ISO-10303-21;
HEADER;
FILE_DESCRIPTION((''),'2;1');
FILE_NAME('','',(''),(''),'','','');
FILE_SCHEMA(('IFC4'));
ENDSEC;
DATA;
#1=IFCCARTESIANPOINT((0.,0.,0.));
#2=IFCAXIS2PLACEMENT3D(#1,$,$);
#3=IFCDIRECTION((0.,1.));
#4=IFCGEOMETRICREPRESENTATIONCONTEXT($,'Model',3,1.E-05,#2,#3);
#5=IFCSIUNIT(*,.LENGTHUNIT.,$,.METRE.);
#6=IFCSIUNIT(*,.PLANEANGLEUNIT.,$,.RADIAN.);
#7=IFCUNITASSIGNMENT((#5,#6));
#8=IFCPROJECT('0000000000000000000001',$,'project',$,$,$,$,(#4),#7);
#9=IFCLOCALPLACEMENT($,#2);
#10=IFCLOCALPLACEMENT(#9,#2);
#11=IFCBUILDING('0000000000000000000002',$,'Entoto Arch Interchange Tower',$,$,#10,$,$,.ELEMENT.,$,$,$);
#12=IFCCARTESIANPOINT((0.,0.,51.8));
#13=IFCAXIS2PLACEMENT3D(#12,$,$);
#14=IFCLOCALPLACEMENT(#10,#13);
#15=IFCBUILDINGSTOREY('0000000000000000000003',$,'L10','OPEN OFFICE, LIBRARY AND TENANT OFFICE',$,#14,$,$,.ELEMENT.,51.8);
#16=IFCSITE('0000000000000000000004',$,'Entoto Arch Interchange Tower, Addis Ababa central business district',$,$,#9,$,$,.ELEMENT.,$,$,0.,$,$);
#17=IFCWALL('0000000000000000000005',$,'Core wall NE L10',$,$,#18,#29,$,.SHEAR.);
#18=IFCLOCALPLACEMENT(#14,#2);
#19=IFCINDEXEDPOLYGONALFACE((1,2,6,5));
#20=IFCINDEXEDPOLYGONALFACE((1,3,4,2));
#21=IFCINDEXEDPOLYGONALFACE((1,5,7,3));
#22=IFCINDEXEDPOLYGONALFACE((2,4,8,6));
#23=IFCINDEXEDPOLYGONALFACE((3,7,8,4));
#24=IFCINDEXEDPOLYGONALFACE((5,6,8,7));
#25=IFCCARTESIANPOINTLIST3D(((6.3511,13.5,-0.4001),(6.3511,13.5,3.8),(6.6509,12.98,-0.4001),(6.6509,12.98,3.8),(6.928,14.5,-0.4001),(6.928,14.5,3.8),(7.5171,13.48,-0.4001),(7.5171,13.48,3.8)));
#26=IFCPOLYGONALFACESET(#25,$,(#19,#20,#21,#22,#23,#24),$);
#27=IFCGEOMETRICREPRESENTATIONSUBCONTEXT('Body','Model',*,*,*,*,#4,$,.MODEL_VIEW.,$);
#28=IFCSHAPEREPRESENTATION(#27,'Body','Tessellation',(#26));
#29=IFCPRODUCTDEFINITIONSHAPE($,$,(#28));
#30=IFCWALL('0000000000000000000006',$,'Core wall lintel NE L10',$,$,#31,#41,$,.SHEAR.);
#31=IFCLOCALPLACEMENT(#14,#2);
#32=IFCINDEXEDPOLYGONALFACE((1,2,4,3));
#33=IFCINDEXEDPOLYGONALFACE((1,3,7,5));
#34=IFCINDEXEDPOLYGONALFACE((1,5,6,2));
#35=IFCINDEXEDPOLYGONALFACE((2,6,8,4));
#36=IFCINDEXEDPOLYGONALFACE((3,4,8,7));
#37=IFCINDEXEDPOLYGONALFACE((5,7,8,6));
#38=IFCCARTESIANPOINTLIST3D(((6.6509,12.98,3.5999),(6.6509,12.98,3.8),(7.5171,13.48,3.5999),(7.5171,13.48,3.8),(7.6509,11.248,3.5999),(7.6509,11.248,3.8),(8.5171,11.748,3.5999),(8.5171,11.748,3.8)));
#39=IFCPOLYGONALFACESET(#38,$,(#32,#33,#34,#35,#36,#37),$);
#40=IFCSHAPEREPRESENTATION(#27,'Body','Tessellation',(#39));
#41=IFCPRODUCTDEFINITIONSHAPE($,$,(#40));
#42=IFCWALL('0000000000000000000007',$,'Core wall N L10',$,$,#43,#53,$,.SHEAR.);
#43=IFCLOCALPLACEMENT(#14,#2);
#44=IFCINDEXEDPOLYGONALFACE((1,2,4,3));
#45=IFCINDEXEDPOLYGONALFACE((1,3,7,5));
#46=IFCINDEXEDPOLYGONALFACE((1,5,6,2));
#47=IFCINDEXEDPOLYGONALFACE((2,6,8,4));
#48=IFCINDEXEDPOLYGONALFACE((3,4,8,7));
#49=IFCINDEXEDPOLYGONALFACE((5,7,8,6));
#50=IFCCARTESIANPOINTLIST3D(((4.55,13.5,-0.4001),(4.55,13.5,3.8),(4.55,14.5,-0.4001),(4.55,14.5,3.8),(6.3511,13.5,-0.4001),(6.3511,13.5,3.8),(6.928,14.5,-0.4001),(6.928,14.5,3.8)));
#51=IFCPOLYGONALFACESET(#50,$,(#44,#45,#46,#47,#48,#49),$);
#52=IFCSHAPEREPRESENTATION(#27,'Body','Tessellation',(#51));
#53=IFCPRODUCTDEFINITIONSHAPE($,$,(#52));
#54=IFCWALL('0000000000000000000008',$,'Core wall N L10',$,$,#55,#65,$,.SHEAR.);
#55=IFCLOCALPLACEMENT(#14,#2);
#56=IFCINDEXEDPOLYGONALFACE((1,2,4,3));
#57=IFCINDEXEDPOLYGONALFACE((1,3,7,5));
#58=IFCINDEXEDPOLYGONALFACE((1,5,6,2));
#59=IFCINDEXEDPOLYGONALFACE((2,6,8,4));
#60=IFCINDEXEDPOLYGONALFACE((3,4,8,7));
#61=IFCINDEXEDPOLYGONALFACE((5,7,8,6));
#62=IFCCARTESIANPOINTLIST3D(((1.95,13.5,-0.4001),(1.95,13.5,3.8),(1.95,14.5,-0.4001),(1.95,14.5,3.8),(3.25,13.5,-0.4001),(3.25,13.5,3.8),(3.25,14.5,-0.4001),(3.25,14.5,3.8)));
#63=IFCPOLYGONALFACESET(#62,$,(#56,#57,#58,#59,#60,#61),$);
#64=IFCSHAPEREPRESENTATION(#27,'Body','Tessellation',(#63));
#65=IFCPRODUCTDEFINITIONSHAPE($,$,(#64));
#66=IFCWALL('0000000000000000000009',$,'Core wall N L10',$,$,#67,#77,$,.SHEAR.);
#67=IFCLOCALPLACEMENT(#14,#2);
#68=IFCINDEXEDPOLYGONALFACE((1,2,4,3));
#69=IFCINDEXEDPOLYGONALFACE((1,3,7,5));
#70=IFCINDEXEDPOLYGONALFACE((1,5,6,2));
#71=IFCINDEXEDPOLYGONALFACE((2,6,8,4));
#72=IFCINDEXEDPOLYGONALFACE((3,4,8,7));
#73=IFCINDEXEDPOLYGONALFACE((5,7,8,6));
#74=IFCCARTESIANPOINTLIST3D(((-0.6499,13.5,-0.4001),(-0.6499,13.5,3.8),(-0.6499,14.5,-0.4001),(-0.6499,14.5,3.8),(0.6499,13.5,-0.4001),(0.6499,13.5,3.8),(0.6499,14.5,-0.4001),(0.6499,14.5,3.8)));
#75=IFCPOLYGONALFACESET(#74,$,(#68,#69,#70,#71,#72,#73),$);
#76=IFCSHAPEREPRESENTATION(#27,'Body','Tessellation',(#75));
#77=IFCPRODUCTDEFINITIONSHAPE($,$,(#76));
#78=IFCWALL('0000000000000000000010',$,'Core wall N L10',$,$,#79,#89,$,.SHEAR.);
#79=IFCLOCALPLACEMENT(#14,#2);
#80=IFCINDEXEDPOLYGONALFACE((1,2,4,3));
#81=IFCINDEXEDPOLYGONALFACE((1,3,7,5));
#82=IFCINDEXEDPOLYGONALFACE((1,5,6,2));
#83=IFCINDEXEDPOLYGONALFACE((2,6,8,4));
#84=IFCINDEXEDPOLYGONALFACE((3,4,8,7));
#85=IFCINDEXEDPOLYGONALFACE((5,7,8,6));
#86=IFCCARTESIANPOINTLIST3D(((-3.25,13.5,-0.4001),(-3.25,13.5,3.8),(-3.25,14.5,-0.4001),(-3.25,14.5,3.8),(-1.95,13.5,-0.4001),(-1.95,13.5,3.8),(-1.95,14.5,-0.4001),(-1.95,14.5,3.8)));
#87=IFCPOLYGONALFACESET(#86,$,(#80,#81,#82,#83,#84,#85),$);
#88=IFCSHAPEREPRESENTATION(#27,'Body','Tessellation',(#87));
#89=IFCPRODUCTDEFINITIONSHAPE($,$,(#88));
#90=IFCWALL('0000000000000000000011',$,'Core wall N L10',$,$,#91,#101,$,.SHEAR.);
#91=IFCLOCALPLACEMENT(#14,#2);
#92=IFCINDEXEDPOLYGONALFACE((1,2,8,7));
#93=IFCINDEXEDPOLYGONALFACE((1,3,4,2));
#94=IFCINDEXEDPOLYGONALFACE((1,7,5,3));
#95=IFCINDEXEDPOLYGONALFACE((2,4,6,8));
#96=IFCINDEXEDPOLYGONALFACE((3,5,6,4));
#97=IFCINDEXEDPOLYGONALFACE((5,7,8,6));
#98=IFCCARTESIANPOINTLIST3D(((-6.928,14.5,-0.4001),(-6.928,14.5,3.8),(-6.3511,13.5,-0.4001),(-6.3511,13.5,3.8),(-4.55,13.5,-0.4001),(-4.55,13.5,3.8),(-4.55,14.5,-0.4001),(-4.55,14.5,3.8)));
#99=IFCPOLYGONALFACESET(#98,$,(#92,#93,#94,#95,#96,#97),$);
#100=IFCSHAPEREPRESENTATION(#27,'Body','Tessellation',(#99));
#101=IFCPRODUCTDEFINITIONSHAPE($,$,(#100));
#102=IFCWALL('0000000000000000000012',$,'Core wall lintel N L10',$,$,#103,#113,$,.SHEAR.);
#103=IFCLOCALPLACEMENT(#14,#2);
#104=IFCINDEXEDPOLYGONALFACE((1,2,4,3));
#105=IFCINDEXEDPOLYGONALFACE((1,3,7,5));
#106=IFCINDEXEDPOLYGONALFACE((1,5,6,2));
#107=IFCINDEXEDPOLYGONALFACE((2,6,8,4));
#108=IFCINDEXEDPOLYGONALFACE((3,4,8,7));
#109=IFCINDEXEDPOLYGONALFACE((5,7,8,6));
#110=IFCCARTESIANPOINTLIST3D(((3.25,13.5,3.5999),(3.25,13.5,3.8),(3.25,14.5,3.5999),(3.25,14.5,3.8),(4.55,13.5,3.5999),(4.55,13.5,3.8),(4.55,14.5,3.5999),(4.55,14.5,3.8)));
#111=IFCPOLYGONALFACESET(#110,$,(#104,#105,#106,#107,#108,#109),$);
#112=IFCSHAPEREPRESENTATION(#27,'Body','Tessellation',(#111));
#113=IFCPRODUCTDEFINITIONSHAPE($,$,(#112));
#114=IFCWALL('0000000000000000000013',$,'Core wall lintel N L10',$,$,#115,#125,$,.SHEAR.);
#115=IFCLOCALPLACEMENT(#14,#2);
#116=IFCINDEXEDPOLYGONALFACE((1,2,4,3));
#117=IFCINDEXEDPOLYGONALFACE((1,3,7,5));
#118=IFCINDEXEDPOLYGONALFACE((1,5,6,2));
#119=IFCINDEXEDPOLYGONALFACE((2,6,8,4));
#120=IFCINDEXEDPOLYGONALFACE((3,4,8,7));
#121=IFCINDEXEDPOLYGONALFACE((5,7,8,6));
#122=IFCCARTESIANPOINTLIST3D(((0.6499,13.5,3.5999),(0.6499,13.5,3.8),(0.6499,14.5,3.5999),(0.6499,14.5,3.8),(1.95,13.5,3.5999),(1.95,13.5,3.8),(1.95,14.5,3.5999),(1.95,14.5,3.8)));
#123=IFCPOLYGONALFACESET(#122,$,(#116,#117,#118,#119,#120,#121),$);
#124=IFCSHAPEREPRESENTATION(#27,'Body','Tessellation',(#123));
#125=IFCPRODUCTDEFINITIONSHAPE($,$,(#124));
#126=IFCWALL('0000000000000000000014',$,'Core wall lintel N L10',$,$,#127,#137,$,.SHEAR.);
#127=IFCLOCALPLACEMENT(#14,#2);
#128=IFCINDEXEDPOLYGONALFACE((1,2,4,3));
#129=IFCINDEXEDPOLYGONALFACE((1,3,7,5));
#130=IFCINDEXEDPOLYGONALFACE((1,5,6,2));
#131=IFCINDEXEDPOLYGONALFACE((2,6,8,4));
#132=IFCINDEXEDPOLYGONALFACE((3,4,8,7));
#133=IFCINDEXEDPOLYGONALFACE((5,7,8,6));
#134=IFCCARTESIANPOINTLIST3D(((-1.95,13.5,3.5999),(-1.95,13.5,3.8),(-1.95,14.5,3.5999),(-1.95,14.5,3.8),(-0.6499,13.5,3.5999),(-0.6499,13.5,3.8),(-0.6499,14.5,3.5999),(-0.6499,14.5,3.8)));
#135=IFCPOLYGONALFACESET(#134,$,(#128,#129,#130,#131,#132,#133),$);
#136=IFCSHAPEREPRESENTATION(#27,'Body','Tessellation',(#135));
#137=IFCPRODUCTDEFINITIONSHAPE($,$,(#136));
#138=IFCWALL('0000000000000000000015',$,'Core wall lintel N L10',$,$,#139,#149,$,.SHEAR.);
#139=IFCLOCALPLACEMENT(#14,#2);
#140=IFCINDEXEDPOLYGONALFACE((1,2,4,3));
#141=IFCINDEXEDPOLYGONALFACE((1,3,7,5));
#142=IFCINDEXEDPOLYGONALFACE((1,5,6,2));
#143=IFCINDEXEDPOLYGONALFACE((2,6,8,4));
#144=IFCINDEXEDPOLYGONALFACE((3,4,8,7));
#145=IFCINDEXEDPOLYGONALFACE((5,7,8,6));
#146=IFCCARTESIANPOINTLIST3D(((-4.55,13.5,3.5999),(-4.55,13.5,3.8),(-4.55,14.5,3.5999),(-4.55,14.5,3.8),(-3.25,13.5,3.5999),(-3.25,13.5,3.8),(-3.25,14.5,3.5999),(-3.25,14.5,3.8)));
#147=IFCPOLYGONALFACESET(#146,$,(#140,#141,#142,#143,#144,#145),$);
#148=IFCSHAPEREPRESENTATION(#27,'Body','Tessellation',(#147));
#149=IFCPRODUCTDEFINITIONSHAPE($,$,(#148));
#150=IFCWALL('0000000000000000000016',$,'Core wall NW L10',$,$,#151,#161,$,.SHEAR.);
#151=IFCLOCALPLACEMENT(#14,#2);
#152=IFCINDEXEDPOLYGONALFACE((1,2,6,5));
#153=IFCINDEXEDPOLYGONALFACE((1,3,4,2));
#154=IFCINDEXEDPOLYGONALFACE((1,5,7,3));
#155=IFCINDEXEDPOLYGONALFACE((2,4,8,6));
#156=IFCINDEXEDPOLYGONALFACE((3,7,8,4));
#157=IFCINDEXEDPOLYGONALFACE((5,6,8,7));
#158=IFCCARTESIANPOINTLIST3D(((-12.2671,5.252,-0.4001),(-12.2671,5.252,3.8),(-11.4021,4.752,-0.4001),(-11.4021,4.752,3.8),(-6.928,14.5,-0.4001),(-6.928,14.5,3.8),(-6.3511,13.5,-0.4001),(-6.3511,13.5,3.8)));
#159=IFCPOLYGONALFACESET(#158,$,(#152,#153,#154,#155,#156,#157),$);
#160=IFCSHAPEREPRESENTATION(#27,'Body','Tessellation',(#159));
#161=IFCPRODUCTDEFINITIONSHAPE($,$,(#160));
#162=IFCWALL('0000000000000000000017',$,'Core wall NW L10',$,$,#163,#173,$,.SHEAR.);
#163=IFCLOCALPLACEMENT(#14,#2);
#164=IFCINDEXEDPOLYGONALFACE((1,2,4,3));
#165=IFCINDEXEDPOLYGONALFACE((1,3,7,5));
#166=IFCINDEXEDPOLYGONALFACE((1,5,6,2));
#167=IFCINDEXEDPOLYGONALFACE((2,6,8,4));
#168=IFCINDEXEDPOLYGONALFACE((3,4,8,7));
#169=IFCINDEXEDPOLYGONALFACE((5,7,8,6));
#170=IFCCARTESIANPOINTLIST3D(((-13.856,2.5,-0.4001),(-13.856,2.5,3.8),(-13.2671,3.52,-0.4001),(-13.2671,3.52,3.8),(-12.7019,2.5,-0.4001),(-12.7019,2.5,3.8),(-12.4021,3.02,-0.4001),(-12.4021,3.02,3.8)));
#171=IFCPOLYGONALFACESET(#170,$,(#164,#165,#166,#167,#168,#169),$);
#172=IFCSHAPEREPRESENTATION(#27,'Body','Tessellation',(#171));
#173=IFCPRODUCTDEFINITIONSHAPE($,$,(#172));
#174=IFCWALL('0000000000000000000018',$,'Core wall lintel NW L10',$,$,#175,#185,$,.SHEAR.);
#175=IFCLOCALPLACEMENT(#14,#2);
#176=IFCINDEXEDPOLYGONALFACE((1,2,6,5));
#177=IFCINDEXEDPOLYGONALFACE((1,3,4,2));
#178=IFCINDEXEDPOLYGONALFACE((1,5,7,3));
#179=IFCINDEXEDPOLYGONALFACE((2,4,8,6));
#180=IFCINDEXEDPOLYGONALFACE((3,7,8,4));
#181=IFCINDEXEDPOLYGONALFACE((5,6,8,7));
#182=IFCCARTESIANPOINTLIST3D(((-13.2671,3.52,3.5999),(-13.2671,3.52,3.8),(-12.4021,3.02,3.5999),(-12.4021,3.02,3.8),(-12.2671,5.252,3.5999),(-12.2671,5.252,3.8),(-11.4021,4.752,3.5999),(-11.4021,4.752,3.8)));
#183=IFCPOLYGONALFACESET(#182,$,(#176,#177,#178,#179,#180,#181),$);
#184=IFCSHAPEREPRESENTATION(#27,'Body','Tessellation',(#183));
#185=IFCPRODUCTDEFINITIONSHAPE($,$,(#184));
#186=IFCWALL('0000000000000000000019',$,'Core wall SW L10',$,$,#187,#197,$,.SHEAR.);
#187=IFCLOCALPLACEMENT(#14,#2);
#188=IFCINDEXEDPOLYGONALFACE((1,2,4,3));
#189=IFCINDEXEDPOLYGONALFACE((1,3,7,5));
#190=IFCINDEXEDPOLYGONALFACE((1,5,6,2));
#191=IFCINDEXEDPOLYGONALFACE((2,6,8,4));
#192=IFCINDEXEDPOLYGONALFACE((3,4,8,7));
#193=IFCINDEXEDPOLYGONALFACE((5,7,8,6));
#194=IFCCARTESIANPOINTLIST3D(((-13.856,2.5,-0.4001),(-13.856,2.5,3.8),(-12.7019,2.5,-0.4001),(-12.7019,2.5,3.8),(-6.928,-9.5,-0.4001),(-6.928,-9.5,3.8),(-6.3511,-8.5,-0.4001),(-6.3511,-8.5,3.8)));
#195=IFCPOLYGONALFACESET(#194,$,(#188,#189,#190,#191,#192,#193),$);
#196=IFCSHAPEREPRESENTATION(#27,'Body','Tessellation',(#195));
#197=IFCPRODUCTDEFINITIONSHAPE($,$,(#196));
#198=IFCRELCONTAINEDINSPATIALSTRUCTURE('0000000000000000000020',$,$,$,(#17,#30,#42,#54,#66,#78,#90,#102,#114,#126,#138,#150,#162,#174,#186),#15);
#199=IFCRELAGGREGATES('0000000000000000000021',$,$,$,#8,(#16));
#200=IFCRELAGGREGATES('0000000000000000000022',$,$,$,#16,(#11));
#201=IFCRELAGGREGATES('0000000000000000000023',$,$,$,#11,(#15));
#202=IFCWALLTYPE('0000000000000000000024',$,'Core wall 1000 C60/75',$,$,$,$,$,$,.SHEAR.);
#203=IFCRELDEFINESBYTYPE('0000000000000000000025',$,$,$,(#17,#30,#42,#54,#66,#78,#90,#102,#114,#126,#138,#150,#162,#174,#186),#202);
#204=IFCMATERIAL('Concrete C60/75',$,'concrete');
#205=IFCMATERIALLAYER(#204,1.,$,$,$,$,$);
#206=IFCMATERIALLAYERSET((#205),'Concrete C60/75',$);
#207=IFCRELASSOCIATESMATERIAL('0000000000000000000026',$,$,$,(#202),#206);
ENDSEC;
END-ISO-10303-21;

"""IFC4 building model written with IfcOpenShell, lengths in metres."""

from ifc_helpers import new_model, si_unit, direction, frame, origin, place, context, subcontext, project, spatial, polyline, outline, extrude, material, layer, layer_set, type_object, element, save


model = new_model("IFC4")

# Units and contexts
model_context = context("Model", 3, precision=1e-05, world=origin(), true_north=direction((0.0, 1.0)))
body_context = subcontext(model_context, "Body", "Model", "MODEL_VIEW")
ifc_project = project(units=[si_unit("LENGTHUNIT", "METRE"), si_unit("PLANEANGLEUNIT", "RADIAN")], contexts=[model_context])

# Site, building, storey
site_placement = place(None, origin())
site = spatial("IfcSite", under=ifc_project, at=site_placement, Name="Entoto Arch Interchange Tower, Addis Ababa central business district", CompositionType="ELEMENT", RefElevation=0.0)
building_placement = place(site_placement, origin())
building = spatial("IfcBuilding", under=site, at=building_placement, Name="Entoto Arch Interchange Tower", CompositionType="ELEMENT")
storey_placement = place(building_placement, frame((0.0, 0.0, 51.8)))
storey = spatial("IfcBuildingStorey", under=building, at=storey_placement, Name="L10", Description="OPEN OFFICE, LIBRARY AND TENANT OFFICE", CompositionType="ELEMENT", Elevation=51.8)

# Walls
ifc_material_1 = material(Name="Concrete C60/75", Category="concrete")
ifc_layer_1 = layer(ifc_material_1, 1.0)
ifc_layer_set_1 = layer_set([ifc_layer_1], Name="Concrete C60/75")
wall_type_1 = type_object("IfcWallType", Name="Core wall 1000 C60/75", PredefinedType="SHEAR", material=ifc_layer_set_1)
wall_1_placement = place(storey_placement, frame((0.0, 0.0, -0.4001)))
element("IfcWall", 1, at=wall_1_placement, inside=storey, type_object=wall_type_1, Name="Core wall NE L10", PredefinedType="SHEAR", context=body_context, shape_type="SweptSolid", body=[
    extrude(outline(polyline([(6.6509, 12.98), (7.5171, 13.48), (6.928, 14.5), (6.3511, 13.5), (6.6509, 12.98)])), origin(), (0.0, 0.0, 1.0), 4.2002),
])
wall_2_placement = place(storey_placement, frame((0.0, 0.0, 3.5999)))
element("IfcWall", 2, at=wall_2_placement, inside=storey, type_object=wall_type_1, Name="Core wall lintel NE L10", PredefinedType="SHEAR", context=body_context, shape_type="SweptSolid", body=[
    extrude(outline(polyline([(7.5171, 13.48), (6.6509, 12.98), (7.6509, 11.248), (8.5171, 11.748), (7.5171, 13.48)])), origin(), (0.0, 0.0, 1.0), 0.2002),
])
wall_3_placement = place(storey_placement, frame((0.0, 0.0, -0.4001)))
element("IfcWall", 3, at=wall_3_placement, inside=storey, type_object=wall_type_1, Name="Core wall N L10", PredefinedType="SHEAR", context=body_context, shape_type="SweptSolid", body=[
    extrude(outline(polyline([(4.55, 14.5), (4.55, 13.5), (6.3511, 13.5), (6.928, 14.5), (4.55, 14.5)])), origin(), (0.0, 0.0, 1.0), 4.2002),
])
wall_4_placement = place(storey_placement, frame((0.0, 0.0, -0.4001)))
element("IfcWall", 4, at=wall_4_placement, inside=storey, type_object=wall_type_1, Name="Core wall N L10", PredefinedType="SHEAR", context=body_context, shape_type="SweptSolid", body=[
    extrude(outline(polyline([(1.95, 14.5), (1.95, 13.5), (3.25, 13.5), (3.25, 14.5), (1.95, 14.5)])), origin(), (0.0, 0.0, 1.0), 4.2002),
])
wall_5_placement = place(storey_placement, frame((0.0, 0.0, -0.4001)))
element("IfcWall", 5, at=wall_5_placement, inside=storey, type_object=wall_type_1, Name="Core wall N L10", PredefinedType="SHEAR", context=body_context, shape_type="SweptSolid", body=[
    extrude(outline(polyline([(-0.6499, 14.5), (-0.6499, 13.5), (0.6499, 13.5), (0.6499, 14.5), (-0.6499, 14.5)])), origin(), (0.0, 0.0, 1.0), 4.2002),
])
wall_6_placement = place(storey_placement, frame((0.0, 0.0, -0.4001)))
element("IfcWall", 6, at=wall_6_placement, inside=storey, type_object=wall_type_1, Name="Core wall N L10", PredefinedType="SHEAR", context=body_context, shape_type="SweptSolid", body=[
    extrude(outline(polyline([(-3.25, 14.5), (-3.25, 13.5), (-1.95, 13.5), (-1.95, 14.5), (-3.25, 14.5)])), origin(), (0.0, 0.0, 1.0), 4.2002),
])
wall_7_placement = place(storey_placement, frame((0.0, 0.0, -0.4001)))
element("IfcWall", 7, at=wall_7_placement, inside=storey, type_object=wall_type_1, Name="Core wall N L10", PredefinedType="SHEAR", context=body_context, shape_type="SweptSolid", body=[
    extrude(outline(polyline([(-4.55, 13.5), (-4.55, 14.5), (-6.928, 14.5), (-6.3511, 13.5), (-4.55, 13.5)])), origin(), (0.0, 0.0, 1.0), 4.2002),
])
wall_8_placement = place(storey_placement, frame((0.0, 0.0, 3.5999)))
element("IfcWall", 8, at=wall_8_placement, inside=storey, type_object=wall_type_1, Name="Core wall lintel N L10", PredefinedType="SHEAR", context=body_context, shape_type="SweptSolid", body=[
    extrude(outline(polyline([(3.25, 14.5), (3.25, 13.5), (4.55, 13.5), (4.55, 14.5), (3.25, 14.5)])), origin(), (0.0, 0.0, 1.0), 0.2002),
])
wall_9_placement = place(storey_placement, frame((0.0, 0.0, 3.5999)))
element("IfcWall", 9, at=wall_9_placement, inside=storey, type_object=wall_type_1, Name="Core wall lintel N L10", PredefinedType="SHEAR", context=body_context, shape_type="SweptSolid", body=[
    extrude(outline(polyline([(0.6499, 14.5), (0.6499, 13.5), (1.95, 13.5), (1.95, 14.5), (0.6499, 14.5)])), origin(), (0.0, 0.0, 1.0), 0.2002),
])
wall_10_placement = place(storey_placement, frame((0.0, 0.0, 3.5999)))
element("IfcWall", 10, at=wall_10_placement, inside=storey, type_object=wall_type_1, Name="Core wall lintel N L10", PredefinedType="SHEAR", context=body_context, shape_type="SweptSolid", body=[
    extrude(outline(polyline([(-1.95, 14.5), (-1.95, 13.5), (-0.6499, 13.5), (-0.6499, 14.5), (-1.95, 14.5)])), origin(), (0.0, 0.0, 1.0), 0.2002),
])
wall_11_placement = place(storey_placement, frame((0.0, 0.0, 3.5999)))
element("IfcWall", 11, at=wall_11_placement, inside=storey, type_object=wall_type_1, Name="Core wall lintel N L10", PredefinedType="SHEAR", context=body_context, shape_type="SweptSolid", body=[
    extrude(outline(polyline([(-4.55, 14.5), (-4.55, 13.5), (-3.25, 13.5), (-3.25, 14.5), (-4.55, 14.5)])), origin(), (0.0, 0.0, 1.0), 0.2002),
])
wall_12_placement = place(storey_placement, frame((0.0, 0.0, -0.4001)))
element("IfcWall", 12, at=wall_12_placement, inside=storey, type_object=wall_type_1, Name="Core wall NW L10", PredefinedType="SHEAR", context=body_context, shape_type="SweptSolid", body=[
    extrude(outline(polyline([(-12.2671, 5.252), (-11.4021, 4.752), (-6.3511, 13.5), (-6.928, 14.5), (-12.2671, 5.252)])), origin(), (0.0, 0.0, 1.0), 4.2002),
])
wall_13_placement = place(storey_placement, frame((0.0, 0.0, -0.4001)))
element("IfcWall", 13, at=wall_13_placement, inside=storey, type_object=wall_type_1, Name="Core wall NW L10", PredefinedType="SHEAR", context=body_context, shape_type="SweptSolid", body=[
    extrude(outline(polyline([(-12.4021, 3.02), (-13.2671, 3.52), (-13.856, 2.5), (-12.7019, 2.5), (-12.4021, 3.02)])), origin(), (0.0, 0.0, 1.0), 4.2002),
])
wall_14_placement = place(storey_placement, frame((0.0, 0.0, 3.5999)))
element("IfcWall", 14, at=wall_14_placement, inside=storey, type_object=wall_type_1, Name="Core wall lintel NW L10", PredefinedType="SHEAR", context=body_context, shape_type="SweptSolid", body=[
    extrude(outline(polyline([(-13.2671, 3.52), (-12.4021, 3.02), (-11.4021, 4.752), (-12.2671, 5.252), (-13.2671, 3.52)])), origin(), (0.0, 0.0, 1.0), 0.2002),
])
wall_15_placement = place(storey_placement, frame((0.0, 0.0, -0.4001)))
element("IfcWall", 15, at=wall_15_placement, inside=storey, type_object=wall_type_1, Name="Core wall SW L10", PredefinedType="SHEAR", context=body_context, shape_type="SweptSolid", body=[
    extrude(outline(polyline([(-13.856, 2.5), (-6.928, -9.5), (-6.3511, -8.5), (-12.7019, 2.5), (-13.856, 2.5)])), origin(), (0.0, 0.0, 1.0), 4.2002),
])

save(model, "model.ifc")
